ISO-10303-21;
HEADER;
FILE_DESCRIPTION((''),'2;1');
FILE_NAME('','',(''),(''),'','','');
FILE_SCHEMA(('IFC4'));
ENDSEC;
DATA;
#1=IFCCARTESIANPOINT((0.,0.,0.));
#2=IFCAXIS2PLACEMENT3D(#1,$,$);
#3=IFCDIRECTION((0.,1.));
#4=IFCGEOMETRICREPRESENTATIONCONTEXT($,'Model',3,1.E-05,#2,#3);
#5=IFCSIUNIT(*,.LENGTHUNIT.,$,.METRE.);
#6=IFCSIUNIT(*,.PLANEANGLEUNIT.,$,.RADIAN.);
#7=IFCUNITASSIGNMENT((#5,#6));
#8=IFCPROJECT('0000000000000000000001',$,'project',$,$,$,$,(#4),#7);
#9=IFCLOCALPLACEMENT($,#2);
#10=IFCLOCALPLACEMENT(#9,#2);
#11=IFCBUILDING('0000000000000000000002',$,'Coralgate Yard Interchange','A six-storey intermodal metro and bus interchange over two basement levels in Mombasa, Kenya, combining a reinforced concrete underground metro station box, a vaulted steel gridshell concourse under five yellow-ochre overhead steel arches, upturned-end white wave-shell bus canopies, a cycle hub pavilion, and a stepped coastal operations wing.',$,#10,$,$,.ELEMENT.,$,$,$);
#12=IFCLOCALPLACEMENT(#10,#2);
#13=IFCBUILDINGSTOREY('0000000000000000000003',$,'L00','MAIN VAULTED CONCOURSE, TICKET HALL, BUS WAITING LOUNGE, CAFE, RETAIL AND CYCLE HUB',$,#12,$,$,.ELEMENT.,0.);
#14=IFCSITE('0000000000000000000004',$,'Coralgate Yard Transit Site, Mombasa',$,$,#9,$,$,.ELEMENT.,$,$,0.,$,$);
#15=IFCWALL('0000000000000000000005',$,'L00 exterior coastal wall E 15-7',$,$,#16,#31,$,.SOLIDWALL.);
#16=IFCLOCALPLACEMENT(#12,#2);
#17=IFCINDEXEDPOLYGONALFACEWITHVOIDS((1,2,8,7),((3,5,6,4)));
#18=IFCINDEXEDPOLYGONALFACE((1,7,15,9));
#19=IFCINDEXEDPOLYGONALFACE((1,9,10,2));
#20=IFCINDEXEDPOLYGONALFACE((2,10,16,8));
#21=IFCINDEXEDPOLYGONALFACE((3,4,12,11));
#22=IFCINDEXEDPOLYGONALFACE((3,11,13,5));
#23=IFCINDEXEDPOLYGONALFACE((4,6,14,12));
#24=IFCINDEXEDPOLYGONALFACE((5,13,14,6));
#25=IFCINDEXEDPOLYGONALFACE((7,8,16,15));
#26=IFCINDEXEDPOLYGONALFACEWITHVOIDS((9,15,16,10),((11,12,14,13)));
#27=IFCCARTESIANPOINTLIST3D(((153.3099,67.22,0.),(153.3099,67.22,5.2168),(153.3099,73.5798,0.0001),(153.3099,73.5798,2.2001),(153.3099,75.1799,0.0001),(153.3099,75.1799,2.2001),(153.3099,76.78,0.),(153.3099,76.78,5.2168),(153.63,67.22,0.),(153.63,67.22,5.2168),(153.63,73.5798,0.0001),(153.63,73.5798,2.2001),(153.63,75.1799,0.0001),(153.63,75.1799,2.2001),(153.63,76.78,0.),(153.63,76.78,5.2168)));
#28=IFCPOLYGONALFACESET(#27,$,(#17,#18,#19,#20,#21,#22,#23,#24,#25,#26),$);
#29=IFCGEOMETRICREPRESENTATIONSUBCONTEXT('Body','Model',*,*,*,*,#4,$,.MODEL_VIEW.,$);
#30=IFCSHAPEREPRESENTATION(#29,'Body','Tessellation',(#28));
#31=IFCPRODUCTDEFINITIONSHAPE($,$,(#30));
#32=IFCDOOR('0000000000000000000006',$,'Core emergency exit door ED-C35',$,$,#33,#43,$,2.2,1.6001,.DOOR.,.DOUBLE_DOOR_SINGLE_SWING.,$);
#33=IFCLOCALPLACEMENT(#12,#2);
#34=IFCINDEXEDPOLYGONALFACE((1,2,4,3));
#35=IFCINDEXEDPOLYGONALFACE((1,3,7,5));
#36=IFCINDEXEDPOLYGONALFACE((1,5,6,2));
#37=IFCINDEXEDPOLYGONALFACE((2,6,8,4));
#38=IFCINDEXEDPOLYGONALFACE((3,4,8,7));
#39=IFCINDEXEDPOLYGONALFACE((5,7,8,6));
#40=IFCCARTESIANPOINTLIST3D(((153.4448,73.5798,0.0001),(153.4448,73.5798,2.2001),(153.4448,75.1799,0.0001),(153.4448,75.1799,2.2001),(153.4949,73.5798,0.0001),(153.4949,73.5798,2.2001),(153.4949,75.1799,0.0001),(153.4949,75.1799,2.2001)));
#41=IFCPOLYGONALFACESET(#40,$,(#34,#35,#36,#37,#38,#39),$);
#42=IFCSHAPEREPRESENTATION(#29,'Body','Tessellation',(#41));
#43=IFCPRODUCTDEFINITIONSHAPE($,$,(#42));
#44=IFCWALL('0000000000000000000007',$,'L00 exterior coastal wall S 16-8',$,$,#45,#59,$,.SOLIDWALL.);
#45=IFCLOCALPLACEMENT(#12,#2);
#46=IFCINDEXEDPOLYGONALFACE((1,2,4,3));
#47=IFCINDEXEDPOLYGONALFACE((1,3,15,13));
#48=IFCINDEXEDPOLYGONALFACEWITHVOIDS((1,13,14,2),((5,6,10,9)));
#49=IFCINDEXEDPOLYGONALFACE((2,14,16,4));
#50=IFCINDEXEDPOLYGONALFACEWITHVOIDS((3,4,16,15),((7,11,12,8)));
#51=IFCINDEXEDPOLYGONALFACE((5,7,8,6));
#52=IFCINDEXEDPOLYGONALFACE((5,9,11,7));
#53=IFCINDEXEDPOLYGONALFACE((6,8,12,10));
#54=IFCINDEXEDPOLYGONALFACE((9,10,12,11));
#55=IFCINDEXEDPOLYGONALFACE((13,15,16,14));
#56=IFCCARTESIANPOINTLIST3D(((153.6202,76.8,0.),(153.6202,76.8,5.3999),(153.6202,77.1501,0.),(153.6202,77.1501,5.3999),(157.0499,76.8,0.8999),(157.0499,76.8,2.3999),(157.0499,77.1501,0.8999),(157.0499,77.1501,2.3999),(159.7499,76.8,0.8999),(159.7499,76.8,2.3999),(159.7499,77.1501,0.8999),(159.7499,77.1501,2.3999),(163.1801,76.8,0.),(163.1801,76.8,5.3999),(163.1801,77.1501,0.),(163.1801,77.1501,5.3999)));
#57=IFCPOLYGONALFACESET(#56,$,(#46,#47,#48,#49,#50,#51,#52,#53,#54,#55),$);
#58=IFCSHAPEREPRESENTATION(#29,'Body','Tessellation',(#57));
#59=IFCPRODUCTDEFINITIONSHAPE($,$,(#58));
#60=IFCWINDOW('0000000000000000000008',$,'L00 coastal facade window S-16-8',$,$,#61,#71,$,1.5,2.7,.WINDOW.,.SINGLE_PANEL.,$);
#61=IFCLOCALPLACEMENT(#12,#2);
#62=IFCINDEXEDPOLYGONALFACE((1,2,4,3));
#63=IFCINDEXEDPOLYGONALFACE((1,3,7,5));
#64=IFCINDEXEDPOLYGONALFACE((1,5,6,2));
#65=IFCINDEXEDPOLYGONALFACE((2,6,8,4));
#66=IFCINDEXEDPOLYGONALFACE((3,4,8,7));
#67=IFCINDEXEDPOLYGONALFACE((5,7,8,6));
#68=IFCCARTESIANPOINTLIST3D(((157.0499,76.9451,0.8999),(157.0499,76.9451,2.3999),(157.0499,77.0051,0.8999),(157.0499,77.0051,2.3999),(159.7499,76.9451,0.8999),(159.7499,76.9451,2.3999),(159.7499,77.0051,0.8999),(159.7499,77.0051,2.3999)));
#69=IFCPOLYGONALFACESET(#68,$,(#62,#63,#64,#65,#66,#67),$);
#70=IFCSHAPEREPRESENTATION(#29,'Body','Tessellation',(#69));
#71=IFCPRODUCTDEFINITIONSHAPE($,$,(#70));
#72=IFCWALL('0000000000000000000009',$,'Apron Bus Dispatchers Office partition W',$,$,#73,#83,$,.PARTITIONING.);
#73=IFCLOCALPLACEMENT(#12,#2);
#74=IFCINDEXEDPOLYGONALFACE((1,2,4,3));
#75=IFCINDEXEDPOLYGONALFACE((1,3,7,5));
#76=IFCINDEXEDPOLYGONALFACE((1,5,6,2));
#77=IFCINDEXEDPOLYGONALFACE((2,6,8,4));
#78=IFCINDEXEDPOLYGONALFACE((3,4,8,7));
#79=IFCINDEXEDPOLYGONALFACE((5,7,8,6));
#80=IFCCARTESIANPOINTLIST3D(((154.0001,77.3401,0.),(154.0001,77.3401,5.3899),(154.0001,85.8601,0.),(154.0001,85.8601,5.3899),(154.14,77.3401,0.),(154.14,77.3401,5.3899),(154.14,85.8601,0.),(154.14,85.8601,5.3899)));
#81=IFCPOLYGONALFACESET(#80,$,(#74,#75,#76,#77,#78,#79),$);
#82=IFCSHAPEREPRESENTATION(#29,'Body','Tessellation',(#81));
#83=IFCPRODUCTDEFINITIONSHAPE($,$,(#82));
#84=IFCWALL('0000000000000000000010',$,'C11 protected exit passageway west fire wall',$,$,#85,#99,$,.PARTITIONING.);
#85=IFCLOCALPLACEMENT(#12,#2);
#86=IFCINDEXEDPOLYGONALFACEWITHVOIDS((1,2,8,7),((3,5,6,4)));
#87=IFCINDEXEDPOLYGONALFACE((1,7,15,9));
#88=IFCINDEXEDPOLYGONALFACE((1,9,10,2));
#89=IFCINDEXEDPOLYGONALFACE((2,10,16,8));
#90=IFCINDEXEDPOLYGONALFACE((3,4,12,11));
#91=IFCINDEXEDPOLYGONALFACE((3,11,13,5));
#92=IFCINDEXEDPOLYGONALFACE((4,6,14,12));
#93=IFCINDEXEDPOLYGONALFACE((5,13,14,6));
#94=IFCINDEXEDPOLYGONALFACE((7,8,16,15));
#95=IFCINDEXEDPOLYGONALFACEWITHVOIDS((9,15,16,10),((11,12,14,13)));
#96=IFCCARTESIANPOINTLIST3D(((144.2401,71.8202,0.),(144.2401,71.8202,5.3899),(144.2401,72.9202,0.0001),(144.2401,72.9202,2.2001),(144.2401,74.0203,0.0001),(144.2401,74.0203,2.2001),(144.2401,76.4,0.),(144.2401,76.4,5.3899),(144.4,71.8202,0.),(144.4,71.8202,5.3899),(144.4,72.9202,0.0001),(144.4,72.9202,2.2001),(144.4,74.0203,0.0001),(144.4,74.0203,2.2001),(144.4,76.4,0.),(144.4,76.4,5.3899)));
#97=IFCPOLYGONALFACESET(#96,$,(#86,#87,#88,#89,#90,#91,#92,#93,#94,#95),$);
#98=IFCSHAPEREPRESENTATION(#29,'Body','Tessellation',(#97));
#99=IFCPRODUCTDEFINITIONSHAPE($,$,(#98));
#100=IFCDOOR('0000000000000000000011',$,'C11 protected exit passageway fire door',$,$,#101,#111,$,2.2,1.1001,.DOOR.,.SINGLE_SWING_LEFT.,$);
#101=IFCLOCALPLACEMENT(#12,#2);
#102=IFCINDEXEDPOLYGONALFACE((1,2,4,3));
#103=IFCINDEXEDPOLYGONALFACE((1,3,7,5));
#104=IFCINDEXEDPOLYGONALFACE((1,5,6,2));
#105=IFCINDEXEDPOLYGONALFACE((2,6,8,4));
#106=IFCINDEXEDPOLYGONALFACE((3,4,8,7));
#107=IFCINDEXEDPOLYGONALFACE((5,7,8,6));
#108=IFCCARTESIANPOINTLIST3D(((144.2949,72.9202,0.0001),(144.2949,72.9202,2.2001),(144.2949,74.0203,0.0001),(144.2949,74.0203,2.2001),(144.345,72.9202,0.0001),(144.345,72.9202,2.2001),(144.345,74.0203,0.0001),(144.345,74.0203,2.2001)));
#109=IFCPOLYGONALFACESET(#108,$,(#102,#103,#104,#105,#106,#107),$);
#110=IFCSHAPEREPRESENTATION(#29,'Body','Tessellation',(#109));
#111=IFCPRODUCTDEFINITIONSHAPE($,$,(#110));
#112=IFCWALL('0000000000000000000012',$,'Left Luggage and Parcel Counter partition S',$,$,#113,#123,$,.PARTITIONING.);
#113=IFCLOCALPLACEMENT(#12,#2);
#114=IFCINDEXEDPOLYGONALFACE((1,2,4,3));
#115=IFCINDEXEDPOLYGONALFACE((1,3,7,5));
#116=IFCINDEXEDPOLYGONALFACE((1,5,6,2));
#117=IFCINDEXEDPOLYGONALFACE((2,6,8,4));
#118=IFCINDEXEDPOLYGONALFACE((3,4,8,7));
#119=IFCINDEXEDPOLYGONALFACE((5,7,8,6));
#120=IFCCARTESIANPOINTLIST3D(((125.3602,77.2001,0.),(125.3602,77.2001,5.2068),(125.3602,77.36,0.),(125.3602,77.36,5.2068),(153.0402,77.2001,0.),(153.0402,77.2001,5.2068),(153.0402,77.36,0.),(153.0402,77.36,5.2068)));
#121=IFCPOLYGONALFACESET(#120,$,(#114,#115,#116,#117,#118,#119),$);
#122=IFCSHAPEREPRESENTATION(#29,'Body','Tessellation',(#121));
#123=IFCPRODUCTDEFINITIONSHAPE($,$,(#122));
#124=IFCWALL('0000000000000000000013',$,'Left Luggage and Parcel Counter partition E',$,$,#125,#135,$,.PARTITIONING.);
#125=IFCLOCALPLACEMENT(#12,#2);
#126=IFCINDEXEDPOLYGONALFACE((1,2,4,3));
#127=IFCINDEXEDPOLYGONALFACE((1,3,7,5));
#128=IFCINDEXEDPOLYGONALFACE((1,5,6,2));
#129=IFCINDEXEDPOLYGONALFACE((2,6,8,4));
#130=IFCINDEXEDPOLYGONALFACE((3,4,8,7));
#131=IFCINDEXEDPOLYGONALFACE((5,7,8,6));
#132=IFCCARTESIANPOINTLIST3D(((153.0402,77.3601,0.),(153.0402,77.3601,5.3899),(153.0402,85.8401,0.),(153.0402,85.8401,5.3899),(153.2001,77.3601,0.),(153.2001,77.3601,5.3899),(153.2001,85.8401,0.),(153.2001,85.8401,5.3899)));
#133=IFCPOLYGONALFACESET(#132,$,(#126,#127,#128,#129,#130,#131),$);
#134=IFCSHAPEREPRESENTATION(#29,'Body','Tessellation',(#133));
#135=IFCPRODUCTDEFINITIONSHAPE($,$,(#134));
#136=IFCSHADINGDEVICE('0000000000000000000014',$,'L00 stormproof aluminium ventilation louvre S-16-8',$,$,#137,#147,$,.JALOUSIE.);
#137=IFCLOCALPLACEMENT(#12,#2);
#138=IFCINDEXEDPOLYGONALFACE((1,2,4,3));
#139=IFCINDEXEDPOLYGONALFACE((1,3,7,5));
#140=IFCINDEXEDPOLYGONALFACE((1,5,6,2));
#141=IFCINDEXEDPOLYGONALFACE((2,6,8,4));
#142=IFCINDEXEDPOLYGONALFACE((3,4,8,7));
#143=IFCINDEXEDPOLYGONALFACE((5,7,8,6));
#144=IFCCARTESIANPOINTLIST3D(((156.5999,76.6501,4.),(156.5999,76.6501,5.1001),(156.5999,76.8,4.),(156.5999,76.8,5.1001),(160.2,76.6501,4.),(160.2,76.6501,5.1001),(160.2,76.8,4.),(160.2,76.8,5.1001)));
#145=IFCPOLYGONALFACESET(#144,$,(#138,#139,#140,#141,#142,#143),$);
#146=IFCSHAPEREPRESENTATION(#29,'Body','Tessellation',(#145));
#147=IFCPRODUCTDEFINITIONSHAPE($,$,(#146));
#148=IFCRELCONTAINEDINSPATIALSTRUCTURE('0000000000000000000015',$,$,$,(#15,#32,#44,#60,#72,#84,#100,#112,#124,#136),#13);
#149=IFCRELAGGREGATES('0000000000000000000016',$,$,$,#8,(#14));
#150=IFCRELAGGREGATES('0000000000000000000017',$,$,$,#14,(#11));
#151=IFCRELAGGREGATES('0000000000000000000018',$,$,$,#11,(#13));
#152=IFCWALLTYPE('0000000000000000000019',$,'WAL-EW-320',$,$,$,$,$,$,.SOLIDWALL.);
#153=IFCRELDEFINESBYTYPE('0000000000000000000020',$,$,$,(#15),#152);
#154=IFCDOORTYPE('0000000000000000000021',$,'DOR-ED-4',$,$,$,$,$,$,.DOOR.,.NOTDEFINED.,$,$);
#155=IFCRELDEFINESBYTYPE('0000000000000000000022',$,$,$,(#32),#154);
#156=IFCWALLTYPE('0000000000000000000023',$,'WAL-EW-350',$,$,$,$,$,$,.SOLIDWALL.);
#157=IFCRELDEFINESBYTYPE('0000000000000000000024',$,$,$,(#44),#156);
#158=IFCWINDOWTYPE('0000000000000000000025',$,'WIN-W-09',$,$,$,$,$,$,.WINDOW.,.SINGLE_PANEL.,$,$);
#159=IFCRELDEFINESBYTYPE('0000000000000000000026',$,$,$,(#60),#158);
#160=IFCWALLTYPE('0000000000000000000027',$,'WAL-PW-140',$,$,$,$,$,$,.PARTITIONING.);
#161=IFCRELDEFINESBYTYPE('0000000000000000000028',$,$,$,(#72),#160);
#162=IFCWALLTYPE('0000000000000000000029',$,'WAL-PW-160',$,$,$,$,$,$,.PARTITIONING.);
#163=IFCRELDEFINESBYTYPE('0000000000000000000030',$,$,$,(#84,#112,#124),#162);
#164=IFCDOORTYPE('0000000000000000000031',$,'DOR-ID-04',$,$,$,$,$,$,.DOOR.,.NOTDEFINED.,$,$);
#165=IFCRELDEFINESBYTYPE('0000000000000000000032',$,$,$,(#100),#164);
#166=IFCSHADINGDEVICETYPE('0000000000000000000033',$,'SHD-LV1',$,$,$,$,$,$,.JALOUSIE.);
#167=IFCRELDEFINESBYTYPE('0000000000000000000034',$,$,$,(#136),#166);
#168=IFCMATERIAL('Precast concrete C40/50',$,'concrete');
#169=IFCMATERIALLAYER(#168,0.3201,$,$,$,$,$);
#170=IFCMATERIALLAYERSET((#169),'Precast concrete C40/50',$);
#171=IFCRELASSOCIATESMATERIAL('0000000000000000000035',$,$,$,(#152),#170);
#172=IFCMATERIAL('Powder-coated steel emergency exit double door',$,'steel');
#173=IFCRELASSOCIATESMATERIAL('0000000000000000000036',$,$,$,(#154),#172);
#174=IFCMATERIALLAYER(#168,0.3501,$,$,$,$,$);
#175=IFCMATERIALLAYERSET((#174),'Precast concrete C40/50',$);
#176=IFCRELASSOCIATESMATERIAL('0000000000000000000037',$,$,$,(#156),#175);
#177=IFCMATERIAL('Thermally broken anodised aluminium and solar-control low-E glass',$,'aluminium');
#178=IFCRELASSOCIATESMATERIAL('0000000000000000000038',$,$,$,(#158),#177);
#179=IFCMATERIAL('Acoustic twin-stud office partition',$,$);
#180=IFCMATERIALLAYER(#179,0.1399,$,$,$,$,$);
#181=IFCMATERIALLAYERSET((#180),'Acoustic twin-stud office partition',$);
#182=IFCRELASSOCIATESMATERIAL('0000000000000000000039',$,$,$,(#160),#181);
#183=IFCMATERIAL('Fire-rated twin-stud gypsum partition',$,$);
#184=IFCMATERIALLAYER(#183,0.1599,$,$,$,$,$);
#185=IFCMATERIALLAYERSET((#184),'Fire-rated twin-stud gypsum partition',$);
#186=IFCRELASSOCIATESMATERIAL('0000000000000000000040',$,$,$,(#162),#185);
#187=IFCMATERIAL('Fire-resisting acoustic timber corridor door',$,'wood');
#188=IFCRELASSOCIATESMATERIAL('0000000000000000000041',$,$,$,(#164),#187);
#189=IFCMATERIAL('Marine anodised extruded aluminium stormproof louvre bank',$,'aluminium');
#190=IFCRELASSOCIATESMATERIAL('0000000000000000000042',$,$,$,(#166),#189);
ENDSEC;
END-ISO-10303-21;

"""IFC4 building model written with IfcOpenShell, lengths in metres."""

from ifc_helpers import new_model, si_unit, direction, frame, frame_2d, origin, origin_2d, place, context, subcontext, project, spatial, rectangle, extrude, material, layer, layer_set, type_object, element, fill, save


model = new_model("IFC4")

# Units and contexts
model_context = context("Model", 3, precision=1e-05, world=origin(), true_north=direction((0.0, 1.0)))
body_context = subcontext(model_context, "Body", "Model", "MODEL_VIEW")
ifc_project = project(units=[si_unit("LENGTHUNIT", "METRE"), si_unit("PLANEANGLEUNIT", "RADIAN")], contexts=[model_context])

# Site, building, storey
site_placement = place(None, origin())
site = spatial("IfcSite", under=ifc_project, at=site_placement, Name="Coralgate Yard Transit Site, Mombasa", CompositionType="ELEMENT", RefElevation=0.0)
building_placement = place(site_placement, origin())
building = spatial("IfcBuilding", under=site, at=building_placement, Name="Coralgate Yard Interchange", Description="A six-storey intermodal metro and bus interchange over two basement levels in Mombasa, Kenya, combining a reinforced concrete underground metro station box, a vaulted steel gridshell concourse under five yellow-ochre overhead steel arches, upturned-end white wave-shell bus canopies, a cycle hub pavilion, and a stepped coastal operations wing.", CompositionType="ELEMENT")
storey_placement = place(building_placement, origin())
storey = spatial("IfcBuildingStorey", under=building, at=storey_placement, Name="L00", Description="MAIN VAULTED CONCOURSE, TICKET HALL, BUS WAITING LOUNGE, CAFE, RETAIL AND CYCLE HUB", CompositionType="ELEMENT", Elevation=0.0)

# Wall, opening, door
ifc_material_1 = material(Name="Precast concrete C40/50", Category="concrete")
ifc_layer_1 = layer(ifc_material_1, 0.3201)
ifc_layer_set_1 = layer_set([ifc_layer_1], Name="Precast concrete C40/50")
wall_type_1 = type_object("IfcWallType", Name="WAL-EW-320", PredefinedType="SOLIDWALL", material=ifc_layer_set_1)
wall_1_placement = place(storey_placement, frame((153.47, 76.78, 0.0), z_axis=(0.0, 0.0, 1.0), x_axis=(0.0, -1.0, 0.0)))
wall_1 = element("IfcWall", 1, at=wall_1_placement, inside=storey, type_object=wall_type_1, Name="L00 exterior coastal wall E 15-7", PredefinedType="SOLIDWALL", context=body_context, shape_type="SweptSolid", body=[
    extrude(rectangle(XDim=9.5601, YDim=0.3201, at=frame_2d((4.78, 0.0))), origin(), (0.0, 0.0, 1.0), 5.2168),
])
opening_1_placement = place(wall_1_placement, frame((1.6001, 0.0, 0.0)))
opening_1 = element("IfcOpeningElement", 2, at=opening_1_placement, cuts=wall_1, PredefinedType="OPENING", context=body_context, shape_type="SweptSolid", body=[
    extrude(rectangle(XDim=1.6001, YDim=2.2, at=frame_2d((0.8, 1.1001))), frame((0.0, 0.1699, 0.0), z_axis=(0.0, -1.0, 0.0), x_axis=(1.0, 0.0, 0.0)), (0.0, 0.0, 1.0), 0.3401),
])
ifc_material_2 = material(Name="Powder-coated steel emergency exit double door", Category="steel")
door_type_1 = type_object("IfcDoorType", Name="DOR-ED-4", OperationType="NOTDEFINED", PredefinedType="DOOR", material=ifc_material_2)
door_1_placement = place(opening_1_placement, origin())
door_1 = element("IfcDoor", 3, at=door_1_placement, inside=storey, type_object=door_type_1, Name="Core emergency exit door ED-C35", OperationType="DOUBLE_DOOR_SINGLE_SWING", OverallHeight=2.2, OverallWidth=1.6001, PredefinedType="DOOR", context=body_context, shape_type="SweptSolid", body=[
    extrude(rectangle(XDim=1.6001, YDim=2.2, at=frame_2d((0.8, 1.1001))), frame((0.0, 0.0249, 0.0), z_axis=(0.0, -1.0, 0.0), x_axis=(1.0, 0.0, 0.0)), (0.0, 0.0, 1.0), 0.05),
])
fill(opening_1, door_1)

# Wall, opening, window
ifc_layer_2 = layer(ifc_material_1, 0.3501)
ifc_layer_set_2 = layer_set([ifc_layer_2], Name="Precast concrete C40/50")
wall_type_2 = type_object("IfcWallType", Name="WAL-EW-350", PredefinedType="SOLIDWALL", material=ifc_layer_set_2)
wall_2_placement = place(storey_placement, frame((163.1799, 76.9751, 0.0), z_axis=(0.0, 0.0, 1.0), x_axis=(-1.0, 0.0, 0.0)))
wall_2 = element("IfcWall", 4, at=wall_2_placement, inside=storey, type_object=wall_type_2, Name="L00 exterior coastal wall S 16-8", PredefinedType="SOLIDWALL", context=body_context, shape_type="SweptSolid", body=[
    extrude(rectangle(XDim=9.5598, YDim=0.3501, at=frame_2d((4.7798, 0.0))), origin(), (0.0, 0.0, 1.0), 5.3999),
])
opening_2_placement = place(wall_2_placement, frame((3.4299, 0.0, 0.8999)))
opening_2 = element("IfcOpeningElement", 5, at=opening_2_placement, cuts=wall_2, PredefinedType="OPENING", context=body_context, shape_type="SweptSolid", body=[
    extrude(rectangle(XDim=2.7, YDim=1.5, at=frame_2d((1.3501, 0.75))), frame((0.0, 0.1851, 0.0), z_axis=(0.0, -1.0, 0.0), x_axis=(1.0, 0.0, 0.0)), (0.0, 0.0, 1.0), 0.3701),
])
ifc_material_3 = material(Name="Thermally broken anodised aluminium and solar-control low-E glass", Category="aluminium")
window_type = type_object("IfcWindowType", Name="WIN-W-09", PartitioningType="SINGLE_PANEL", PredefinedType="WINDOW", material=ifc_material_3)
window_placement = place(opening_2_placement, origin())
window = element("IfcWindow", 6, at=window_placement, inside=storey, type_object=window_type, Name="L00 coastal facade window S-16-8", OverallHeight=1.5, OverallWidth=2.7, PartitioningType="SINGLE_PANEL", PredefinedType="WINDOW", context=body_context, shape_type="SweptSolid", body=[
    extrude(rectangle(XDim=2.7, YDim=1.5, at=frame_2d((1.3501, 0.75))), frame((0.0, 0.03, 0.0), z_axis=(0.0, -1.0, 0.0), x_axis=(1.0, 0.0, 0.0)), (0.0, 0.0, 1.0), 0.0601),
])
fill(opening_2, window)

# Wall
ifc_material_4 = material(Name="Acoustic twin-stud office partition")
ifc_layer_3 = layer(ifc_material_4, 0.1399)
ifc_layer_set_3 = layer_set([ifc_layer_3], Name="Acoustic twin-stud office partition")
wall_type_3 = type_object("IfcWallType", Name="WAL-PW-140", PredefinedType="PARTITIONING", material=ifc_layer_set_3)
wall_3_placement = place(storey_placement, frame((154.0701, 77.3401, 0.0), z_axis=(0.0, 0.0, 1.0), x_axis=(0.0, 1.0, 0.0)))
element("IfcWall", 7, at=wall_3_placement, inside=storey, type_object=wall_type_3, Name="Apron Bus Dispatchers Office partition W", PredefinedType="PARTITIONING", context=body_context, shape_type="SweptSolid", body=[
    extrude(rectangle(XDim=8.52, YDim=0.1399, at=frame_2d((4.26, 0.0))), origin(), (0.0, 0.0, 1.0), 5.3899),
])

# Wall, opening, door
ifc_material_5 = material(Name="Fire-rated twin-stud gypsum partition")
ifc_layer_4 = layer(ifc_material_5, 0.1599)
ifc_layer_set_4 = layer_set([ifc_layer_4], Name="Fire-rated twin-stud gypsum partition")
wall_type_4 = type_object("IfcWallType", Name="WAL-PW-160", PredefinedType="PARTITIONING", material=ifc_layer_set_4)
wall_4_placement = place(storey_placement, frame((144.3201, 71.8201, 0.0), z_axis=(0.0, 0.0, 1.0), x_axis=(0.0, 1.0, 0.0)))
wall_4 = element("IfcWall", 8, at=wall_4_placement, inside=storey, type_object=wall_type_4, Name="C11 protected exit passageway west fire wall", PredefinedType="PARTITIONING", context=body_context, shape_type="SweptSolid", body=[
    extrude(rectangle(XDim=4.5798, YDim=0.1599, at=frame_2d((2.29, 0.0))), origin(), (0.0, 0.0, 1.0), 5.3899),
])
opening_3_placement = place(wall_4_placement, frame((1.1001, 0.0, 0.0)))
opening_3 = element("IfcOpeningElement", 9, at=opening_3_placement, cuts=wall_4, PredefinedType="OPENING", context=body_context, shape_type="SweptSolid", body=[
    extrude(rectangle(XDim=1.1001, YDim=2.2, at=frame_2d((0.55, 1.1001))), frame((0.0, 0.0898, 0.0), z_axis=(0.0, -1.0, 0.0), x_axis=(1.0, 0.0, 0.0)), (0.0, 0.0, 1.0), 0.1799),
])
ifc_material_6 = material(Name="Fire-resisting acoustic timber corridor door", Category="wood")
door_type_2 = type_object("IfcDoorType", Name="DOR-ID-04", OperationType="NOTDEFINED", PredefinedType="DOOR", material=ifc_material_6)
door_2_placement = place(opening_3_placement, frame((1.1001, 0.0, 0.0), z_axis=(0.0, 0.0, 1.0), x_axis=(-1.0, 0.0, 0.0)))
door_2 = element("IfcDoor", 10, at=door_2_placement, inside=storey, type_object=door_type_2, Name="C11 protected exit passageway fire door", OperationType="SINGLE_SWING_LEFT", OverallHeight=2.2, OverallWidth=1.1001, PredefinedType="DOOR", context=body_context, shape_type="SweptSolid", body=[
    extrude(rectangle(XDim=1.1001, YDim=2.2, at=frame_2d((0.55, 1.1001))), frame((0.0, 0.0249, 0.0), z_axis=(0.0, -1.0, 0.0), x_axis=(1.0, 0.0, 0.0)), (0.0, 0.0, 1.0), 0.05),
])
fill(opening_3, door_2)

# Walls
wall_5_placement = place(storey_placement, frame((153.04, 77.28, 0.0), z_axis=(0.0, 0.0, 1.0), x_axis=(-1.0, 0.0, 0.0)))
element("IfcWall", 11, at=wall_5_placement, inside=storey, type_object=wall_type_4, Name="Left Luggage and Parcel Counter partition S", PredefinedType="PARTITIONING", context=body_context, shape_type="SweptSolid", body=[
    extrude(rectangle(XDim=27.6799, YDim=0.1599, at=frame_2d((13.8398, 0.0))), origin(), (0.0, 0.0, 1.0), 5.2068),
])
wall_6_placement = place(storey_placement, frame((153.1201, 85.8401, 0.0), z_axis=(0.0, 0.0, 1.0), x_axis=(0.0, -1.0, 0.0)))
element("IfcWall", 12, at=wall_6_placement, inside=storey, type_object=wall_type_4, Name="Left Luggage and Parcel Counter partition E", PredefinedType="PARTITIONING", context=body_context, shape_type="SweptSolid", body=[
    extrude(rectangle(XDim=8.48, YDim=0.1599, at=frame_2d((4.24, 0.0))), origin(), (0.0, 0.0, 1.0), 5.3899),
])

# Shading device
ifc_material_7 = material(Name="Marine anodised extruded aluminium stormproof louvre bank", Category="aluminium")
shading_device_type = type_object("IfcShadingDeviceType", Name="SHD-LV1", PredefinedType="JALOUSIE", material=ifc_material_7)
shading_device_placement = place(storey_placement, frame((158.3999, 76.7251, 4.0), z_axis=(0.0, 0.0, 1.0), x_axis=(-1.0, 0.0, 0.0)))
element("IfcShadingDevice", 13, at=shading_device_placement, inside=storey, type_object=shading_device_type, Name="L00 stormproof aluminium ventilation louvre S-16-8", PredefinedType="JALOUSIE", context=body_context, shape_type="SweptSolid", body=[
    extrude(rectangle(XDim=3.6001, YDim=0.1499, at=origin_2d()), origin(), (0.0, 0.0, 1.0), 1.1001),
])

save(model, "model.ifc")
